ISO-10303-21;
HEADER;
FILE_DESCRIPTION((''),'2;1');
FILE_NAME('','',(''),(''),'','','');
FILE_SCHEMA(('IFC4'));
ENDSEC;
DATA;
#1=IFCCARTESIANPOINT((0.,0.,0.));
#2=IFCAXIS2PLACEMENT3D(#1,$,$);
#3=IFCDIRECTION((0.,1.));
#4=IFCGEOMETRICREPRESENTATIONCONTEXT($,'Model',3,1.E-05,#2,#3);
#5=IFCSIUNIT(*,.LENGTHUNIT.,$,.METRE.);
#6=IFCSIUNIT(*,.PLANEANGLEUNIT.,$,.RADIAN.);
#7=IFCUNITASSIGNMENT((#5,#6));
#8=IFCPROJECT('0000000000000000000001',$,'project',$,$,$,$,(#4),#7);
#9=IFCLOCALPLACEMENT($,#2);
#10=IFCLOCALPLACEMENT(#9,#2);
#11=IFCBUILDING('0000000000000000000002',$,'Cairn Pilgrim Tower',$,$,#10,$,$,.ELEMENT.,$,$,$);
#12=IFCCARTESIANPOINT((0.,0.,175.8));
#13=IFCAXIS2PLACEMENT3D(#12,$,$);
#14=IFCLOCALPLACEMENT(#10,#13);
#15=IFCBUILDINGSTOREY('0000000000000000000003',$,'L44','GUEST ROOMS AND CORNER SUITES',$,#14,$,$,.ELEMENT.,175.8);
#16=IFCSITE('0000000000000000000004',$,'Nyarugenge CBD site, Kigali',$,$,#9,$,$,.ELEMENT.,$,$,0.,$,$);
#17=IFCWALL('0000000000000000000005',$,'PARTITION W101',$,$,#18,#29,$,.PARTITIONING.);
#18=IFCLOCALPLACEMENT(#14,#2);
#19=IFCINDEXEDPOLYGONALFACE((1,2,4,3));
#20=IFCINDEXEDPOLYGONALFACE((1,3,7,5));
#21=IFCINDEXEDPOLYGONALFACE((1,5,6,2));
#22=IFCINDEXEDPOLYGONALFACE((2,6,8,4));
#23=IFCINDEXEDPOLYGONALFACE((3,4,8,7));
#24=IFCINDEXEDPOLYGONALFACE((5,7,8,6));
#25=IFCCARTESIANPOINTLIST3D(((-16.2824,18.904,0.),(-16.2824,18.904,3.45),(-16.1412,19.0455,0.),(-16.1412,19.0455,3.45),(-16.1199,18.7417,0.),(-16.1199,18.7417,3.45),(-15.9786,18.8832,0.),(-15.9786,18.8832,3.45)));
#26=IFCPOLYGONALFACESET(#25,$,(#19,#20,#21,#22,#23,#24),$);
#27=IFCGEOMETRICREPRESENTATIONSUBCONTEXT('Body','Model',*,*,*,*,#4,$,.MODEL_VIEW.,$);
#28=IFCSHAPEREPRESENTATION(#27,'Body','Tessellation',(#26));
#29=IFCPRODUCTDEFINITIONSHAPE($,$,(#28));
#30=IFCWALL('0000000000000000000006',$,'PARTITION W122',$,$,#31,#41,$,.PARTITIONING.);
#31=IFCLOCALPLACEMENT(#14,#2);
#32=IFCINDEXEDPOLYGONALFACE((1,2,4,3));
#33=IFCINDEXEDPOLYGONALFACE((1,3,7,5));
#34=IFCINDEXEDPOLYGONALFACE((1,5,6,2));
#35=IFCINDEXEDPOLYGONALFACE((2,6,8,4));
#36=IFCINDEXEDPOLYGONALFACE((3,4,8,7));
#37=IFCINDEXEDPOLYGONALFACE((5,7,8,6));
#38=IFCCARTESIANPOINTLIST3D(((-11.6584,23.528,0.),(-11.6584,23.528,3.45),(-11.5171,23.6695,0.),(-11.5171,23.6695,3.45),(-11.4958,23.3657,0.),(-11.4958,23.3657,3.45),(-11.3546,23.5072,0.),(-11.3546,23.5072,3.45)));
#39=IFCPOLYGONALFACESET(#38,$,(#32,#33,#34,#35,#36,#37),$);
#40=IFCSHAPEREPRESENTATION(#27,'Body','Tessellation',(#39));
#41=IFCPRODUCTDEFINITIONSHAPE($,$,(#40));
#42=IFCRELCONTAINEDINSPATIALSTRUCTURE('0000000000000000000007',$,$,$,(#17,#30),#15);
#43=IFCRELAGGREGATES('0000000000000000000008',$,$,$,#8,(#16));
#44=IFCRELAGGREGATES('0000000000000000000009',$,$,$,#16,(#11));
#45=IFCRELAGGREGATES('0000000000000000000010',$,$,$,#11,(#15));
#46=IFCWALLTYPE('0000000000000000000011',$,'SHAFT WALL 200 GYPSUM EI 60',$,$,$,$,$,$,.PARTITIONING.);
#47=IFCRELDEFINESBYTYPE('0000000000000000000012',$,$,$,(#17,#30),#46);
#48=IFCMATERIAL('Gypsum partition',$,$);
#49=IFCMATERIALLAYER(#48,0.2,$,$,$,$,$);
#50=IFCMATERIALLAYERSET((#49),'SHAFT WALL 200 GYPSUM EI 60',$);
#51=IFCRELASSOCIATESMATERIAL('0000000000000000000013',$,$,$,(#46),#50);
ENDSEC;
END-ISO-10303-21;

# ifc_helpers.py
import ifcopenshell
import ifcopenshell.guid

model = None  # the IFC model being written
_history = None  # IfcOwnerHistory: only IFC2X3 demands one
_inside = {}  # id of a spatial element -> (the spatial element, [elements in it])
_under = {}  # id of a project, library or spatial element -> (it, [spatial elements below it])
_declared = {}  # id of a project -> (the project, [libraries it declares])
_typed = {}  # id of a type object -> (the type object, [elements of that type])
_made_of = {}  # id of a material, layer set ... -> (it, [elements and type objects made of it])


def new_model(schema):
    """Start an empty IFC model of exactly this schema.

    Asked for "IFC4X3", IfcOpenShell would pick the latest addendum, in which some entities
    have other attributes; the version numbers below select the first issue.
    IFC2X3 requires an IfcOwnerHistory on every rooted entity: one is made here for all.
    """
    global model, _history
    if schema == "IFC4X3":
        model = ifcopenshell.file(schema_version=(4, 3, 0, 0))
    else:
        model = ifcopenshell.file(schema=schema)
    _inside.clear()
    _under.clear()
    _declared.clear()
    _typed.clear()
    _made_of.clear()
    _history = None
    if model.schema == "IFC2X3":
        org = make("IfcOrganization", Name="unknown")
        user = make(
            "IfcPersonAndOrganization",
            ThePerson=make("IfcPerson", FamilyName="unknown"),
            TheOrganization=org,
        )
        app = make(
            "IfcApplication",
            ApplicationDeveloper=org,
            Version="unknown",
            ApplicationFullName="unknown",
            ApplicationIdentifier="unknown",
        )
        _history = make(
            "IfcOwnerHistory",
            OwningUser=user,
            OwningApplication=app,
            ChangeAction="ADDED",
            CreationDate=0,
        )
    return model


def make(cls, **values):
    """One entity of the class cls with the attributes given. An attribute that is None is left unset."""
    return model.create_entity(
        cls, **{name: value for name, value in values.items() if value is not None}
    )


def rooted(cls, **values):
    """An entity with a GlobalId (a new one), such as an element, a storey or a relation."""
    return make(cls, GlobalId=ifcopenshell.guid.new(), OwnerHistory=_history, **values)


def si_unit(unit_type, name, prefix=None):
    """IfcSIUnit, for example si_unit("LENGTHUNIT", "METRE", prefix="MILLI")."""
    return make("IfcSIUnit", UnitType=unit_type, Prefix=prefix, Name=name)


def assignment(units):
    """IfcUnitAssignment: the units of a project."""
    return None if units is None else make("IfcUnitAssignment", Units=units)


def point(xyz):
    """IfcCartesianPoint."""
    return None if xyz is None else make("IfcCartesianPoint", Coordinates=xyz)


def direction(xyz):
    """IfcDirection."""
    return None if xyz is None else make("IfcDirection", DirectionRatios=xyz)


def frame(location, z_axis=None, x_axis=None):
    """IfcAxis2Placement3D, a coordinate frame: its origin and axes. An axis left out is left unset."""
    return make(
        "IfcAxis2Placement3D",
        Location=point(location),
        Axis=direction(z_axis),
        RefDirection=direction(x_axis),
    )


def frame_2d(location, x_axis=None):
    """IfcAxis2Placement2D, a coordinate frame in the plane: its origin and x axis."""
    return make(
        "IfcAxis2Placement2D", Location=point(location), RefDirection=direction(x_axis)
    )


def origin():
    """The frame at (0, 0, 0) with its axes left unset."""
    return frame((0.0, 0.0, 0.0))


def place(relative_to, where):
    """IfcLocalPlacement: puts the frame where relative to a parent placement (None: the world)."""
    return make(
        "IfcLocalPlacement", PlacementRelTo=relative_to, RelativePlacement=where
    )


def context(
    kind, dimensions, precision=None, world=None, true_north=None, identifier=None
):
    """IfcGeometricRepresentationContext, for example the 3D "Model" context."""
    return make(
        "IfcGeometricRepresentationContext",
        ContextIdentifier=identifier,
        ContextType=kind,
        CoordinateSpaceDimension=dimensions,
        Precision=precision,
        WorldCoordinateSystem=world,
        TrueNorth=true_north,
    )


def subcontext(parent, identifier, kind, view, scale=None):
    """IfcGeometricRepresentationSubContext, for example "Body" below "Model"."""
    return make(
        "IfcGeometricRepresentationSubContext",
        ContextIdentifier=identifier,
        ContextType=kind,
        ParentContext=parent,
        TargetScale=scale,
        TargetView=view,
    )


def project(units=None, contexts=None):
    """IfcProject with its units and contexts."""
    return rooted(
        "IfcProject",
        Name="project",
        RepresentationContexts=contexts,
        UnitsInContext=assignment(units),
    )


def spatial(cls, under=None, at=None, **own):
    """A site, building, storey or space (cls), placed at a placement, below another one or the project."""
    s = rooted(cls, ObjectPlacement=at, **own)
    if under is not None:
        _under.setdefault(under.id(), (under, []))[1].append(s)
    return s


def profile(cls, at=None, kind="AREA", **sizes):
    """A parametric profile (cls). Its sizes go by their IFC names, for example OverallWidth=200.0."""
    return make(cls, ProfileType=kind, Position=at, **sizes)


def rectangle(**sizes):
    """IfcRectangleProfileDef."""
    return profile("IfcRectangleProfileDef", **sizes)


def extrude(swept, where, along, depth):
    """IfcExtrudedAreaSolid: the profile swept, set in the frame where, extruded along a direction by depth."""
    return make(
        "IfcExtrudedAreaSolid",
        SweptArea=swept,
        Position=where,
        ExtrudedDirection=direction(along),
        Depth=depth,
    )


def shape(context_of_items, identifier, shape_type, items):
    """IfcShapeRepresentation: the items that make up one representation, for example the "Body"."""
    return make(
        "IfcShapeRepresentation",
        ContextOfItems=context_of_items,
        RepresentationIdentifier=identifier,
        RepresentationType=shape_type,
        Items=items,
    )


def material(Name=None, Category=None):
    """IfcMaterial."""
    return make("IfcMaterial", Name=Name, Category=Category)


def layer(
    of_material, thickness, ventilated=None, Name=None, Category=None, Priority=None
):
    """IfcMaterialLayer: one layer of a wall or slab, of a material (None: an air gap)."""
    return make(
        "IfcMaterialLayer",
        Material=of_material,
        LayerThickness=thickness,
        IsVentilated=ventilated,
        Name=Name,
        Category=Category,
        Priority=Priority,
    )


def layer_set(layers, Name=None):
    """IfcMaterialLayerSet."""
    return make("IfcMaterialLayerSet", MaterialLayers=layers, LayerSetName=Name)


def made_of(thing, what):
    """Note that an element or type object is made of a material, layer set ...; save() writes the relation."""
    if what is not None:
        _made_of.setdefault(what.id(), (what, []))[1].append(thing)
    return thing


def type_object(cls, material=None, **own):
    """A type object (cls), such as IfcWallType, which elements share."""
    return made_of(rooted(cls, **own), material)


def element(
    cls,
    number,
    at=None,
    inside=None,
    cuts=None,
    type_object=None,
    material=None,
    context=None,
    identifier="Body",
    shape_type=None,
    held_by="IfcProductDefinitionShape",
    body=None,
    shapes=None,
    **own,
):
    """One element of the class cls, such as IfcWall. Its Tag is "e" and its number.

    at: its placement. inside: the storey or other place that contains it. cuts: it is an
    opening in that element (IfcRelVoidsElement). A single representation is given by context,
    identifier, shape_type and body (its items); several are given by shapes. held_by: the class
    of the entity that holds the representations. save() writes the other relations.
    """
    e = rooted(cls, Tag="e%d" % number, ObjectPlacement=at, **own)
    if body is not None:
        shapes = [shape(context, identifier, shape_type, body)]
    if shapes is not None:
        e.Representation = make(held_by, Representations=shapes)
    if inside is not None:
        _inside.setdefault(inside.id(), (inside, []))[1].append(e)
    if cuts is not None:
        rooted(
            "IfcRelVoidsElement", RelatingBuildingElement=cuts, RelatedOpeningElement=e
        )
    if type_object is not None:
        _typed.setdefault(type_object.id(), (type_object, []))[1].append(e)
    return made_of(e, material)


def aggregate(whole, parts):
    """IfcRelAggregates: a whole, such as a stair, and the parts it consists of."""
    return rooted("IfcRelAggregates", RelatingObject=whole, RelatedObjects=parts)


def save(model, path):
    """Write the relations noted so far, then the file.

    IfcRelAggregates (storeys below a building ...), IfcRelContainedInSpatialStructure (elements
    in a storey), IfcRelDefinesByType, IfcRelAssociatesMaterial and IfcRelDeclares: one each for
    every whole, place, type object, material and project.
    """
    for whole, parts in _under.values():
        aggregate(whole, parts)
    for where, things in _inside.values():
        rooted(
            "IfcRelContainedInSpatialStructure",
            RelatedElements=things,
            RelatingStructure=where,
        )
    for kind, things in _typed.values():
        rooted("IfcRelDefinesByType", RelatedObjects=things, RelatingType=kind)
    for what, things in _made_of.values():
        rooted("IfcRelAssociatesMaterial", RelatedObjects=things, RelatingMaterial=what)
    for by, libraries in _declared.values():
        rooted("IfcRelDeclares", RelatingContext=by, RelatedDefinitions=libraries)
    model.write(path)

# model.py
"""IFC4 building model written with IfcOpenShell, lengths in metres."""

from ifc_helpers import new_model, si_unit, direction, frame, frame_2d, origin, place, context, subcontext, project, spatial, rectangle, extrude, material, layer, layer_set, type_object, element, save


model = new_model("IFC4")

# Units and contexts
model_context = context("Model", 3, precision=1e-05, world=origin(), true_north=direction((0.0, 1.0)))
body_context = subcontext(model_context, "Body", "Model", "MODEL_VIEW")
ifc_project = project(units=[si_unit("LENGTHUNIT", "METRE"), si_unit("PLANEANGLEUNIT", "RADIAN")], contexts=[model_context])

# Site, building, storey
site_placement = place(None, origin())
site = spatial("IfcSite", under=ifc_project, at=site_placement, Name="Nyarugenge CBD site, Kigali", CompositionType="ELEMENT", RefElevation=0.0)
building_placement = place(site_placement, origin())
building = spatial("IfcBuilding", under=site, at=building_placement, Name="Cairn Pilgrim Tower", CompositionType="ELEMENT")
storey_placement = place(building_placement, frame((0.0, 0.0, 175.8)))
storey = spatial("IfcBuildingStorey", under=building, at=storey_placement, Name="L44", Description="GUEST ROOMS AND CORNER SUITES", CompositionType="ELEMENT", Elevation=175.8)

# Shared definitions
ifc_material_1 = material(Name="Gypsum partition")

# Walls
ifc_layer_1 = layer(ifc_material_1, 0.2)
ifc_layer_set_1 = layer_set([ifc_layer_1], Name="SHAFT WALL 200 GYPSUM EI 60")
wall_type_1 = type_object("IfcWallType", Name="SHAFT WALL 200 GYPSUM EI 60", PredefinedType="PARTITIONING", material=ifc_layer_set_1)
for number, where, z_axis, x_axis, name in (
    (1, (-16.0493, 18.8125, 0.0), (0.0, 0.0, 1.0), (-0.707638, 0.706575, 0.0), "PARTITION W101"),
    (2, (-11.4253, 23.4365, 0.0), (0.0, 0.0, 1.0), (-0.707638, 0.706575, 0.0), "PARTITION W122"),
):
    element("IfcWall", number, at=place(storey_placement, frame(where, z_axis=z_axis, x_axis=x_axis)), inside=storey, type_object=wall_type_1, Name=name, PredefinedType="PARTITIONING", context=body_context, shape_type="SweptSolid", body=[
        extrude(rectangle(XDim=0.2297, YDim=0.2, at=frame_2d((0.1147, 0.0))), origin(), (0.0, 0.0, 1.0), 3.45),
    ])

save(model, "model.ifc")
